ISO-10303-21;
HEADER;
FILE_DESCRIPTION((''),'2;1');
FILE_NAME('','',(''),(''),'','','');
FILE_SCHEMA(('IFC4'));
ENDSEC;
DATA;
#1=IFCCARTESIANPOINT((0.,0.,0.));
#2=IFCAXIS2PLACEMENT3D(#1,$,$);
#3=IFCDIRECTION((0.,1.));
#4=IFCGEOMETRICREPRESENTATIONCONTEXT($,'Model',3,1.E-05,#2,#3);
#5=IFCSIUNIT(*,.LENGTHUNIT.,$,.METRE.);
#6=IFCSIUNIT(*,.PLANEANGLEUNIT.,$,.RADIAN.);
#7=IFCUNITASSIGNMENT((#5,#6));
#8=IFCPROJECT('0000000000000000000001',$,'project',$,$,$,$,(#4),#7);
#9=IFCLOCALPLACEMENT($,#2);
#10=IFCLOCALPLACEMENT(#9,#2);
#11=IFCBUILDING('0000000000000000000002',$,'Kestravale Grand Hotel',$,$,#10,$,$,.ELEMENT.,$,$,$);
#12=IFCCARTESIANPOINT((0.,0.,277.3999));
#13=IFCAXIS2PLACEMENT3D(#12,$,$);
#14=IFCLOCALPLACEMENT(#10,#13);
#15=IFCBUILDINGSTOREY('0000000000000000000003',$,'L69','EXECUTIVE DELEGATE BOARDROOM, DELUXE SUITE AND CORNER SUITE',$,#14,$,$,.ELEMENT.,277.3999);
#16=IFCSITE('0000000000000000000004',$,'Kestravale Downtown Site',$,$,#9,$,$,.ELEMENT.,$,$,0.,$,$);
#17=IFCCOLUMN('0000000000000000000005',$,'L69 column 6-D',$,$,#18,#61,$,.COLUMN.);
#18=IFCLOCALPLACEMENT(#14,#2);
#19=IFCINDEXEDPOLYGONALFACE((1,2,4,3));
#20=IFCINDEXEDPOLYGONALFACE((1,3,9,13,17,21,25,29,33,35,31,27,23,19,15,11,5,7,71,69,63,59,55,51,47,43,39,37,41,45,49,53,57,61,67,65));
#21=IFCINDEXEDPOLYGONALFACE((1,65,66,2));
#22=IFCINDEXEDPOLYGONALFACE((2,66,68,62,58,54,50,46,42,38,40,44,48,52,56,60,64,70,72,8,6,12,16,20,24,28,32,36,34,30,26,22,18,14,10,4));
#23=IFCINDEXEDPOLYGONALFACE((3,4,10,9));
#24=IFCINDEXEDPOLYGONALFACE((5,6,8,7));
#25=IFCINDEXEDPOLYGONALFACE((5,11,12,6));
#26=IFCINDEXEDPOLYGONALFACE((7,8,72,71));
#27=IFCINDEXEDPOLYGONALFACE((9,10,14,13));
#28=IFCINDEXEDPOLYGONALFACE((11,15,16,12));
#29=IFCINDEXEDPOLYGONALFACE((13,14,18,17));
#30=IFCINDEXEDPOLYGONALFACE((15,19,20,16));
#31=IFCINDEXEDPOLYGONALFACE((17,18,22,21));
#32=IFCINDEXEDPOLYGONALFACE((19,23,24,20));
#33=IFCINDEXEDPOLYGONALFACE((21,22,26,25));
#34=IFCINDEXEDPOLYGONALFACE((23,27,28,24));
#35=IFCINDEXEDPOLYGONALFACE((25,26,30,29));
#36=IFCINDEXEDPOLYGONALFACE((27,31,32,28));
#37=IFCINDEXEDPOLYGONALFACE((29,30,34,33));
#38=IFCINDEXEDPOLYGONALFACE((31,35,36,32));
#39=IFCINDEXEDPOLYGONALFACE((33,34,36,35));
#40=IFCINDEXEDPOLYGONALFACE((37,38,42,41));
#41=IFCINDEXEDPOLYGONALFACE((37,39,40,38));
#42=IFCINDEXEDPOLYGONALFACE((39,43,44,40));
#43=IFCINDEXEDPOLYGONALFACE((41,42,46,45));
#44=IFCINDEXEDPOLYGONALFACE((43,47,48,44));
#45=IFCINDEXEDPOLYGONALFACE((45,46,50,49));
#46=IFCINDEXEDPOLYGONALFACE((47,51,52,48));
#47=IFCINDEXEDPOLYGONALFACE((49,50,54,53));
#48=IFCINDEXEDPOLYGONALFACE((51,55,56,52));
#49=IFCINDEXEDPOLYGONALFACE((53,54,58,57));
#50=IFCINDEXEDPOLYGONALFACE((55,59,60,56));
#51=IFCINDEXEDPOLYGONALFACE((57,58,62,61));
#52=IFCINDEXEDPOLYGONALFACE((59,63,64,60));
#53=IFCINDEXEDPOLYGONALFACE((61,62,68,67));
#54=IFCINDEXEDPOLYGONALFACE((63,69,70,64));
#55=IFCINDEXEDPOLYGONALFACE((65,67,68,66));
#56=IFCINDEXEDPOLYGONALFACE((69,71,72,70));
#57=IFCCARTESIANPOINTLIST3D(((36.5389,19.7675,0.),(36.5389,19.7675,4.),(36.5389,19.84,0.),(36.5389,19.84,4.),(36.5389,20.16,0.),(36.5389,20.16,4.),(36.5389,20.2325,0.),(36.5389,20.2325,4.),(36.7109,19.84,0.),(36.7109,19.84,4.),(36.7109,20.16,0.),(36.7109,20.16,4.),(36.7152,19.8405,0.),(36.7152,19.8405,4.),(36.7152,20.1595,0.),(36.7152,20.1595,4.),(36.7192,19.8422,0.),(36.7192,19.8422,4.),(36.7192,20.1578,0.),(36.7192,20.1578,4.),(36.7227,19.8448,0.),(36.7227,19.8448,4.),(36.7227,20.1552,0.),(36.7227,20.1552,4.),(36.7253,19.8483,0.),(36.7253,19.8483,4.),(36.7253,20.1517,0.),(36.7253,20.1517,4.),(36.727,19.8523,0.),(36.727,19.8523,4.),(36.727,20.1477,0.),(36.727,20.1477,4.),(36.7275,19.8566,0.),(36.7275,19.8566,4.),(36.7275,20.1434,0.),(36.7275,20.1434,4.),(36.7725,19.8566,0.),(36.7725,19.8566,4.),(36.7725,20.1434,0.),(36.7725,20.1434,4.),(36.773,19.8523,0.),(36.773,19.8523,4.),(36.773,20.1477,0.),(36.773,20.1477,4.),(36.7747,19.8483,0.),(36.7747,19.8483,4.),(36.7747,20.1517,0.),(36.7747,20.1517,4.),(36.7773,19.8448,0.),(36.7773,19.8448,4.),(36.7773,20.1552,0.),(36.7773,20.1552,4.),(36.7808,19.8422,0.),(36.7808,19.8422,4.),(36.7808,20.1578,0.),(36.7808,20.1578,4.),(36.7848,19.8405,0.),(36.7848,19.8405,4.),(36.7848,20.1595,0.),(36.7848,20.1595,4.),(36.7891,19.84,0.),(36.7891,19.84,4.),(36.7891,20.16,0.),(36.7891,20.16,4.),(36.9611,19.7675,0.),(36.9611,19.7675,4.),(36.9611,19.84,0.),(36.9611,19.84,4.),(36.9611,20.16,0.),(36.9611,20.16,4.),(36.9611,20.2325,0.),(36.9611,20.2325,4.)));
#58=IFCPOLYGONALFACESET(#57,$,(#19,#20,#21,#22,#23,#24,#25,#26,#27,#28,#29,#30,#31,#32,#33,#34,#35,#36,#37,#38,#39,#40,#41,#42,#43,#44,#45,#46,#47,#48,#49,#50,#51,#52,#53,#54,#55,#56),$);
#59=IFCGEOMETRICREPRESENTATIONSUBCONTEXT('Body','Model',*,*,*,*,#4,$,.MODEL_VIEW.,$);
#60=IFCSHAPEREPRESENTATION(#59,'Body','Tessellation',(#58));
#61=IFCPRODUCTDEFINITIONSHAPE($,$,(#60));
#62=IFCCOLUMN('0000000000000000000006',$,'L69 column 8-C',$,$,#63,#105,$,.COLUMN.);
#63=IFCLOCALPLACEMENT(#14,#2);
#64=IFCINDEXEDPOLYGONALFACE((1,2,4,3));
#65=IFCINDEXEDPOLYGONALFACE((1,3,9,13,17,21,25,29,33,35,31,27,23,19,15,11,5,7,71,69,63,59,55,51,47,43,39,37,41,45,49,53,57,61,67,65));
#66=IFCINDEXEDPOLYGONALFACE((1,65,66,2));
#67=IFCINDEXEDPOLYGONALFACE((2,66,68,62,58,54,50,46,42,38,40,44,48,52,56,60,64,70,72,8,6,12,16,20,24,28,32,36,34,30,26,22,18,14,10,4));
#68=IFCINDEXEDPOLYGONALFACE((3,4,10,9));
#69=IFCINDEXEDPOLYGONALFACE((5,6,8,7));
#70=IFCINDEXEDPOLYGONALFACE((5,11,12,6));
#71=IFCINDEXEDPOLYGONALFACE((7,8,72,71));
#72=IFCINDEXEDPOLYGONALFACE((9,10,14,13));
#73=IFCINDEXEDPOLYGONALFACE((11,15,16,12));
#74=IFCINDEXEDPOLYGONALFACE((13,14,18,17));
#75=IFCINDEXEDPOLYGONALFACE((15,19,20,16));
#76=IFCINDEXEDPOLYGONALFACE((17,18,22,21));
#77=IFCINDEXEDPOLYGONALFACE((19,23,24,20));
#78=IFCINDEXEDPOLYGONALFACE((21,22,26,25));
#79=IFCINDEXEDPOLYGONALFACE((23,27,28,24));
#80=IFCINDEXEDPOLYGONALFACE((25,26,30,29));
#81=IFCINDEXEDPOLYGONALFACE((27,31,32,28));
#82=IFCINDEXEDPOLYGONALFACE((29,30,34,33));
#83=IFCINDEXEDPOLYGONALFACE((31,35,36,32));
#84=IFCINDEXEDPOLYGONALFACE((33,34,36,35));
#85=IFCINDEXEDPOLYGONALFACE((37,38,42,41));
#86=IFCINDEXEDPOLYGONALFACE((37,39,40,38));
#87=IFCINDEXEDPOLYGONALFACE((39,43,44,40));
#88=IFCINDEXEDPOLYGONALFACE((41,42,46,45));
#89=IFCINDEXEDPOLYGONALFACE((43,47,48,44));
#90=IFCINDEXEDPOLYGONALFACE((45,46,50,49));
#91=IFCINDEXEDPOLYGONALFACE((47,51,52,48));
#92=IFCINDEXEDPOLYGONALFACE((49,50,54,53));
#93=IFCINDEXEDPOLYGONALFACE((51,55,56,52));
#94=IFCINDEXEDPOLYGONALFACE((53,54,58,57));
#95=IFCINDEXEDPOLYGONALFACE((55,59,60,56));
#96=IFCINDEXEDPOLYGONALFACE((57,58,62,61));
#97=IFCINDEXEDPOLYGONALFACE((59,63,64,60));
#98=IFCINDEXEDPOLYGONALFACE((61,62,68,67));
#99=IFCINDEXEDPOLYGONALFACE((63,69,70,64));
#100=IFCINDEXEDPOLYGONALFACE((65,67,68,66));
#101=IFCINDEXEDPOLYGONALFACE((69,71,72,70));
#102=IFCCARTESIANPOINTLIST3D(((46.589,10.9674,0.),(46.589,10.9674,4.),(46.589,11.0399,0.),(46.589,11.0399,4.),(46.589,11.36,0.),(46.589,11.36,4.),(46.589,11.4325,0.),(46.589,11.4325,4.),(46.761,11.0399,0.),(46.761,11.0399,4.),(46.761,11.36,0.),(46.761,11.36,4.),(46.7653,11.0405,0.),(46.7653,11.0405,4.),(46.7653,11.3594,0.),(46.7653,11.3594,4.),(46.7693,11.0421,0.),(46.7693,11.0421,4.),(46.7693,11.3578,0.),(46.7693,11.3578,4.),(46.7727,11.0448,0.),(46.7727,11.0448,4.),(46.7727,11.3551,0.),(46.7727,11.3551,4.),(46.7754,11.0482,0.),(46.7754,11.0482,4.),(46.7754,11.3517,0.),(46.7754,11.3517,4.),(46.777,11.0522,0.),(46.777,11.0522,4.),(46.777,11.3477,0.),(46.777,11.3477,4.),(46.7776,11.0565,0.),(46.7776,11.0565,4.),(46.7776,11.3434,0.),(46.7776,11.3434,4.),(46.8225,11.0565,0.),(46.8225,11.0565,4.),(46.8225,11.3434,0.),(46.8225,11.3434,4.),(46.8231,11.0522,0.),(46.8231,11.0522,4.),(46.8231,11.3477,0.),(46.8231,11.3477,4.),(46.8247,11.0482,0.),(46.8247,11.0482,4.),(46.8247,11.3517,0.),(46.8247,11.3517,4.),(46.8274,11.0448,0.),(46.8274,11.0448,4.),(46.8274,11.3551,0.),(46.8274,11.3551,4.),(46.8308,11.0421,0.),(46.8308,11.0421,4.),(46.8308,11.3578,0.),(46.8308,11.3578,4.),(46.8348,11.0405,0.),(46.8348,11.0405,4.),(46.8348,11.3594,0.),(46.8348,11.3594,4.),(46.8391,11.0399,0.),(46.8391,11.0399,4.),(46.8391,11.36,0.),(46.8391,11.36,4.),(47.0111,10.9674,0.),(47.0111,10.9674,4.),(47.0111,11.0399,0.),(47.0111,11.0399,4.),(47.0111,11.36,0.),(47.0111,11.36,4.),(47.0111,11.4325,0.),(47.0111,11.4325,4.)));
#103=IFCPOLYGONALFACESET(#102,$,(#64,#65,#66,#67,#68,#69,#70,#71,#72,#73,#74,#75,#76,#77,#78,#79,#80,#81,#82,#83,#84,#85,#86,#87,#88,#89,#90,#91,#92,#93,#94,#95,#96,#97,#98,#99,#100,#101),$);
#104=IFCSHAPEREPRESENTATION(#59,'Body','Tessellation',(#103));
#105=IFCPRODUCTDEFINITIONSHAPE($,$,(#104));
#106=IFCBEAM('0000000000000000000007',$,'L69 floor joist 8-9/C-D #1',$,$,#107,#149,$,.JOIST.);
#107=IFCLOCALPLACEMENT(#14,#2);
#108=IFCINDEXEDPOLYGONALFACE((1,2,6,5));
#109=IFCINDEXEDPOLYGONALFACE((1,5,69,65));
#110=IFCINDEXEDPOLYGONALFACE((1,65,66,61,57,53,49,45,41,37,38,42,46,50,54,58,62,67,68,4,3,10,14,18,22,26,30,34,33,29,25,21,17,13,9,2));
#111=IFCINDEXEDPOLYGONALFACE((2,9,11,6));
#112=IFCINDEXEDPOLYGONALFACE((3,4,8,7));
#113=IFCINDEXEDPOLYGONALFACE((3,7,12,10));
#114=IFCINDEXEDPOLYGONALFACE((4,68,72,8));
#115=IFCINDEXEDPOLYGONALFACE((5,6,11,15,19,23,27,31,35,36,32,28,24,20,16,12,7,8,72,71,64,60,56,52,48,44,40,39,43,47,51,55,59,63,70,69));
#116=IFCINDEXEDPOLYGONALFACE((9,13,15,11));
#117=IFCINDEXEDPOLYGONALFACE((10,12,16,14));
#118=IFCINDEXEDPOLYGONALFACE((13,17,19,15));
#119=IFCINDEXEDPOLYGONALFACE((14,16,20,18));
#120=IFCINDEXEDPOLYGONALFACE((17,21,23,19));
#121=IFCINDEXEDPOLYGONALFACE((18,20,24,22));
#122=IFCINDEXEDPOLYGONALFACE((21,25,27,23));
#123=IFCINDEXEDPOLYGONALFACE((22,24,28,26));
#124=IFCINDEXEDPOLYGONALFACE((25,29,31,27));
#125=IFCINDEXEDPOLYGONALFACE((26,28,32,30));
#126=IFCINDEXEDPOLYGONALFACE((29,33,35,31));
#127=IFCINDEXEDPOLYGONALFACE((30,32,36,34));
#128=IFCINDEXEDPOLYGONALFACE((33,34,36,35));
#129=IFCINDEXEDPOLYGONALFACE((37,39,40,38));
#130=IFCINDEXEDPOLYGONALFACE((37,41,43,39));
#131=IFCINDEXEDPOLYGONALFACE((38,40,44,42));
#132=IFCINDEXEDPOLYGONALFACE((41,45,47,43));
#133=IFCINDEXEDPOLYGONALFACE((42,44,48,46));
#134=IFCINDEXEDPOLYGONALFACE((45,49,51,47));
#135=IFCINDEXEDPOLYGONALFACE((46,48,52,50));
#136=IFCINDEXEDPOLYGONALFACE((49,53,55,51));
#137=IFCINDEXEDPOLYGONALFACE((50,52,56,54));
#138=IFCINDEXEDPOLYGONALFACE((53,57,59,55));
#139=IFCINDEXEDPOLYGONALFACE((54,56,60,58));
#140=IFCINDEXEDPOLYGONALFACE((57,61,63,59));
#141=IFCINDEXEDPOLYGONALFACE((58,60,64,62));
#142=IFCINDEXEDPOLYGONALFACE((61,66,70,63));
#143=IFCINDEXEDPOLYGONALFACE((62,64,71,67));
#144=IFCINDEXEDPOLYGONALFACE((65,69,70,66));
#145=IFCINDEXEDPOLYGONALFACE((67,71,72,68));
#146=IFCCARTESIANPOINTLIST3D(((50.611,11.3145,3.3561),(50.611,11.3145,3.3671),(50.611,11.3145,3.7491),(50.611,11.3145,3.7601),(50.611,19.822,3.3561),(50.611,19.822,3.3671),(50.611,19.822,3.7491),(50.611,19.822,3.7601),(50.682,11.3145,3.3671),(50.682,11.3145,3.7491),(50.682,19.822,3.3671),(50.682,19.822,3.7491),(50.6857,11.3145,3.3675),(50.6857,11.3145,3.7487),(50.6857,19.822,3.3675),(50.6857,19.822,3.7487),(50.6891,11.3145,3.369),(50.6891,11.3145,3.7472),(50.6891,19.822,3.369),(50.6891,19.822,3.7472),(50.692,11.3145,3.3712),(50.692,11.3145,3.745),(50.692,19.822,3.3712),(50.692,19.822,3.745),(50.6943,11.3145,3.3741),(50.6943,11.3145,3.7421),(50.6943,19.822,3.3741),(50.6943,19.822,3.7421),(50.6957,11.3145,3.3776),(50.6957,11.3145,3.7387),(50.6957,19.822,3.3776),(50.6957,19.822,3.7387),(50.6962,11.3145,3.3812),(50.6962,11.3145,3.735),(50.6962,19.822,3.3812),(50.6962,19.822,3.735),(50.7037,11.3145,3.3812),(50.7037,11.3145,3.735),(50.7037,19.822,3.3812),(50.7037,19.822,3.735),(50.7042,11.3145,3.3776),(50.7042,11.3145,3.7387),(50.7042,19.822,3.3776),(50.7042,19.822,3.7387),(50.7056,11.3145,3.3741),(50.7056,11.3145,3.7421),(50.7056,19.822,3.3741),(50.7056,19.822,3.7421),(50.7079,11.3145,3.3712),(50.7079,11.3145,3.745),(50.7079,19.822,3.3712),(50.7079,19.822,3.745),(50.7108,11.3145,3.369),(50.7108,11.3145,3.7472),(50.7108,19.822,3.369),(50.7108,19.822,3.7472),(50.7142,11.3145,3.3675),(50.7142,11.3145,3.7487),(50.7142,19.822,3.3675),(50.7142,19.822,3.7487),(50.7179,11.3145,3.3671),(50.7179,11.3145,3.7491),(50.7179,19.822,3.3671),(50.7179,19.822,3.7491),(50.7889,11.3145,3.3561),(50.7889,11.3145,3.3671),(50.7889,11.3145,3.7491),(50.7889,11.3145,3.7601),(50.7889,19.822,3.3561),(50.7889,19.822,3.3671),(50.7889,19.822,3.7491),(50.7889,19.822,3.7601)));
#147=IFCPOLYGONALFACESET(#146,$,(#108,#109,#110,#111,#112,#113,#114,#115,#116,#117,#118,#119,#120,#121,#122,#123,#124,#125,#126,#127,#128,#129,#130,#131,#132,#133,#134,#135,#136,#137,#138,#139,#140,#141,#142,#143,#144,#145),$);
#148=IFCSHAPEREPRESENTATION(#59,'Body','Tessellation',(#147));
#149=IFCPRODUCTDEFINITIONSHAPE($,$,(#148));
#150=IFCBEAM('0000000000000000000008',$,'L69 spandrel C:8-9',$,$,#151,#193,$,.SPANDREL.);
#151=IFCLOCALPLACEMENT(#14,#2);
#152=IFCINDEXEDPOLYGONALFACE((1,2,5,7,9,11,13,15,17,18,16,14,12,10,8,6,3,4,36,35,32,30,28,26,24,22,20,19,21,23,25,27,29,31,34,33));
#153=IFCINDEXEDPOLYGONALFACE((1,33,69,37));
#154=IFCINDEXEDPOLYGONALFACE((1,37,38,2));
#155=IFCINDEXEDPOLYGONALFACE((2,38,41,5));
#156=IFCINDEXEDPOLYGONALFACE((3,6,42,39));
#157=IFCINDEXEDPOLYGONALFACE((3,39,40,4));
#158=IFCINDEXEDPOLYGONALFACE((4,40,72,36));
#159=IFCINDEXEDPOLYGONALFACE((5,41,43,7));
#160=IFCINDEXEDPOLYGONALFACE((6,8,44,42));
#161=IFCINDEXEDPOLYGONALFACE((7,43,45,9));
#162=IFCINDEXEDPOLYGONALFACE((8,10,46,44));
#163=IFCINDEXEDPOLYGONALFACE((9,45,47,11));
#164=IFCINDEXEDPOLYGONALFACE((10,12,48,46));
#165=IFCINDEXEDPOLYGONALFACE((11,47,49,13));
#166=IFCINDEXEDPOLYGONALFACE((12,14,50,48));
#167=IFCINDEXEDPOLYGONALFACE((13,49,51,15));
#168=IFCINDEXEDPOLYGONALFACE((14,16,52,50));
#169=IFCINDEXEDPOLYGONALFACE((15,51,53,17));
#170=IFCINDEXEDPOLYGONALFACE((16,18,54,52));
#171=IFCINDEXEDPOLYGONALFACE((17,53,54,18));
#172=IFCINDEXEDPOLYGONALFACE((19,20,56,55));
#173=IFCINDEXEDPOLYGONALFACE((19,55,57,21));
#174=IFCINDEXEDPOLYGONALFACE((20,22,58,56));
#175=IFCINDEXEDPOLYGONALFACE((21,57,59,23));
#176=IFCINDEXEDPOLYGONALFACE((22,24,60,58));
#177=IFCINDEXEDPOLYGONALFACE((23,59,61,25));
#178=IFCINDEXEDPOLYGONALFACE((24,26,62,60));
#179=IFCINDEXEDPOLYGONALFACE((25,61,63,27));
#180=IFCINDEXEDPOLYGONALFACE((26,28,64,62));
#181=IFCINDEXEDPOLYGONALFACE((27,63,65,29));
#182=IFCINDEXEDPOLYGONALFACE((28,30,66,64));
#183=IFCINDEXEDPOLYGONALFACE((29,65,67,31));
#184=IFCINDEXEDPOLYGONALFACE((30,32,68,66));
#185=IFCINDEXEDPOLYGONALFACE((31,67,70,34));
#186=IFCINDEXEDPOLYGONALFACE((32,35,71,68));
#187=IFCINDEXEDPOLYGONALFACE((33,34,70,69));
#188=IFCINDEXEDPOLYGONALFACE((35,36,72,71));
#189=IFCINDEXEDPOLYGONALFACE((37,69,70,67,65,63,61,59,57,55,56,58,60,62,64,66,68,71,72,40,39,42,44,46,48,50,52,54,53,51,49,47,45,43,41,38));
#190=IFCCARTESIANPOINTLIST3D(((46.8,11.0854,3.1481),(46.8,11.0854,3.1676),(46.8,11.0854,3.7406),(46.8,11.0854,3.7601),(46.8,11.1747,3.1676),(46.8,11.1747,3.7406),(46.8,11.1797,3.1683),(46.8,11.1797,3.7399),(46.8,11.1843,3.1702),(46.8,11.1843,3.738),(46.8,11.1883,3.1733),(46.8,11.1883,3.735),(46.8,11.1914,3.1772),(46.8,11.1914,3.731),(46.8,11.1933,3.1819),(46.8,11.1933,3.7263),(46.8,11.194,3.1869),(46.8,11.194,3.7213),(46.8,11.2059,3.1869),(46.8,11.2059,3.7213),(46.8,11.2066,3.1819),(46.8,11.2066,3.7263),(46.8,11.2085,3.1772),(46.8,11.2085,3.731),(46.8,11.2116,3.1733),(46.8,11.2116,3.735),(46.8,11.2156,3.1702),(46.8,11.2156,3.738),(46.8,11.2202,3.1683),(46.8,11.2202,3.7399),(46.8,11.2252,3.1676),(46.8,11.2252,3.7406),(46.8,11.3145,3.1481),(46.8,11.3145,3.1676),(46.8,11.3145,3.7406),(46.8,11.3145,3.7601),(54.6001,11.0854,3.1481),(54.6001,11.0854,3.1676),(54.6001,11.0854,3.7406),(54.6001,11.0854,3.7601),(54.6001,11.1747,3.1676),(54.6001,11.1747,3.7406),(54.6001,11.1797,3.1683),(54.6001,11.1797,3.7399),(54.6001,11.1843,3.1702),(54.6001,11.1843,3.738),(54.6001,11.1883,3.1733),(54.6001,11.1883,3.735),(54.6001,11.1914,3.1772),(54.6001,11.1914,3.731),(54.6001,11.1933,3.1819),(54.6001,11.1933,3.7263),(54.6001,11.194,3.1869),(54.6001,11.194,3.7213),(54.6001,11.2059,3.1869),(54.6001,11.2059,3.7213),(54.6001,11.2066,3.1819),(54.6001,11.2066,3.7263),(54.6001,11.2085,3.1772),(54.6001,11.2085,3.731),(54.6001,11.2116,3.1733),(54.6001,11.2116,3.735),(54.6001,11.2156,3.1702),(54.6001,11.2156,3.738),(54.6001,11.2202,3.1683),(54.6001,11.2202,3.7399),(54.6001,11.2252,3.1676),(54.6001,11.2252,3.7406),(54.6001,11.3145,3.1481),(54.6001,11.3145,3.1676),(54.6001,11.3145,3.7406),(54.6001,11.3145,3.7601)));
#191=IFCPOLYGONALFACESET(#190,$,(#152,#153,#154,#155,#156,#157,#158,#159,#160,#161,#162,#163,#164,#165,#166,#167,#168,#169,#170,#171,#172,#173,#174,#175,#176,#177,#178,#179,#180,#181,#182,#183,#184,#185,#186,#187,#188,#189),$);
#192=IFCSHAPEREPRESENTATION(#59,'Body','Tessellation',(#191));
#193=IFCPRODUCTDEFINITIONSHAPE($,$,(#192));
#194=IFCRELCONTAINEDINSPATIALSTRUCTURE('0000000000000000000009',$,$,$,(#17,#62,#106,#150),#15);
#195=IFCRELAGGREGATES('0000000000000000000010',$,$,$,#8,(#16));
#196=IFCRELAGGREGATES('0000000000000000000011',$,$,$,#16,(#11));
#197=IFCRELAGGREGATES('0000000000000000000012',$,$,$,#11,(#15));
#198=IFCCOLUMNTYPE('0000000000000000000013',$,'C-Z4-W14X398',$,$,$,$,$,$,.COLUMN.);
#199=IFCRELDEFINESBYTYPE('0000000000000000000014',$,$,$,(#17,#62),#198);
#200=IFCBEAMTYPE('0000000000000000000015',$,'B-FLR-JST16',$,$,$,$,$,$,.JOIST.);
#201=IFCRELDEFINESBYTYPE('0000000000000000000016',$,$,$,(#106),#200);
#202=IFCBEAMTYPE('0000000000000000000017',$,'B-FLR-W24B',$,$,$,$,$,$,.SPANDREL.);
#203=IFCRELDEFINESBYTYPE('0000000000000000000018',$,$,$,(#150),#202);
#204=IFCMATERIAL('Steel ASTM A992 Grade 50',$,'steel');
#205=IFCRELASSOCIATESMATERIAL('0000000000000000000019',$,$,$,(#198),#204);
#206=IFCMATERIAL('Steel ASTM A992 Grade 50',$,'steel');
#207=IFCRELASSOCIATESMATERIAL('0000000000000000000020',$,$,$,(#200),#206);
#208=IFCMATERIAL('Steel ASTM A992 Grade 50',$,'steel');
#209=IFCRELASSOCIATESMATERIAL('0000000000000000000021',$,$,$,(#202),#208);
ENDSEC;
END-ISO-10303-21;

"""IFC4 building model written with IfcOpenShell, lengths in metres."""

from ifc_helpers import new_model, si_unit, direction, frame, origin, origin_2d, place, context, subcontext, project, spatial, i_section, extrude, material, material_profile, profile_set, type_object, element, save


model = new_model("IFC4")

# Units and contexts
model_context = context("Model", 3, precision=1e-05, world=origin(), true_north=direction((0.0, 1.0)))
body_context = subcontext(model_context, "Body", "Model", "MODEL_VIEW")
ifc_project = project(units=[si_unit("LENGTHUNIT", "METRE"), si_unit("PLANEANGLEUNIT", "RADIAN")], contexts=[model_context])

# Site, building, storey
site_placement = place(None, origin())
site = spatial("IfcSite", under=ifc_project, at=site_placement, Name="Kestravale Downtown Site", CompositionType="ELEMENT", RefElevation=0.0)
building_placement = place(site_placement, origin())
building = spatial("IfcBuilding", under=site, at=building_placement, Name="Kestravale Grand Hotel", CompositionType="ELEMENT")
storey_placement = place(building_placement, frame((0.0, 0.0, 277.3999)))
storey = spatial("IfcBuildingStorey", under=building, at=storey_placement, Name="L69", Description="EXECUTIVE DELEGATE BOARDROOM, DELUXE SUITE AND CORNER SUITE", CompositionType="ELEMENT", Elevation=277.3999)

# Columns
ifc_material_1 = material(Name="Steel ASTM A992 Grade 50", Category="steel")
ifc_material_profile_1 = material_profile(ifc_material_1, i_section(OverallWidth=0.4221, OverallDepth=0.4651, WebThickness=0.0449, FlangeThickness=0.0725, FilletRadius=0.0166, at=origin_2d()))
ifc_profile_set_1 = profile_set([ifc_material_profile_1], Name="Steel ASTM A992 Grade 50")
column_type = type_object("IfcColumnType", Name="C-Z4-W14X398", PredefinedType="COLUMN", material=ifc_profile_set_1)
for number, where, z_axis, x_axis, name in (
    (1, (36.75, 20.0, 0.0), (0.0, 0.0, 1.0), (1.0, 0.0, 0.0), "L69 column 6-D"),
    (2, (46.8, 11.2, 0.0), (0.0, 0.0, 1.0), (1.0, 0.0, 0.0), "L69 column 8-C"),
):
    element("IfcColumn", number, at=place(storey_placement, frame(where, z_axis=z_axis, x_axis=x_axis)), inside=storey, type_object=column_type, Name=name, PredefinedType="COLUMN", context=body_context, shape_type="SweptSolid", body=[
        extrude(i_section(OverallWidth=0.4221, OverallDepth=0.4651, WebThickness=0.0449, FlangeThickness=0.0725, FilletRadius=0.0166, at=origin_2d()), origin(), (0.0, 0.0, 1.0), 4.0),
    ])

# Beams
ifc_material_2 = material(Name="Steel ASTM A992 Grade 50", Category="steel")
ifc_material_profile_2 = material_profile(ifc_material_2, i_section(OverallWidth=0.178, OverallDepth=0.4041, WebThickness=0.0076, FlangeThickness=0.011, FilletRadius=0.0142, at=origin_2d()))
ifc_profile_set_2 = profile_set([ifc_material_profile_2], Name="Steel ASTM A992 Grade 50")
beam_type_1 = type_object("IfcBeamType", Name="B-FLR-JST16", PredefinedType="JOIST", material=ifc_profile_set_2)
beam_1_placement = place(storey_placement, frame((50.7, 11.3145, 3.5581), z_axis=(0.0, 1.0, 0.0), x_axis=(-1.0, 0.0, 0.0)))
element("IfcBeam", 3, at=beam_1_placement, inside=storey, type_object=beam_type_1, Name="L69 floor joist 8-9/C-D #1", PredefinedType="JOIST", context=body_context, shape_type="SweptSolid", body=[
    extrude(i_section(OverallWidth=0.178, OverallDepth=0.4041, WebThickness=0.0076, FlangeThickness=0.011, FilletRadius=0.0142, at=origin_2d()), origin(), (0.0, 0.0, 1.0), 8.5076),
])
ifc_material_3 = material(Name="Steel ASTM A992 Grade 50", Category="steel")
ifc_material_profile_3 = material_profile(ifc_material_3, i_section(OverallWidth=0.229, OverallDepth=0.6121, WebThickness=0.012, FlangeThickness=0.0195, FilletRadius=0.0193, at=origin_2d()))
ifc_profile_set_3 = profile_set([ifc_material_profile_3], Name="Steel ASTM A992 Grade 50")
beam_type_2 = type_object("IfcBeamType", Name="B-FLR-W24B", PredefinedType="SPANDREL", material=ifc_profile_set_3)
beam_2_placement = place(storey_placement, frame((46.8, 11.2, 3.4541), z_axis=(1.0, 0.0, 0.0), x_axis=(0.0, 1.0, 0.0)))
element("IfcBeam", 4, at=beam_2_placement, inside=storey, type_object=beam_type_2, Name="L69 spandrel C:8-9", PredefinedType="SPANDREL", context=body_context, shape_type="SweptSolid", body=[
    extrude(i_section(OverallWidth=0.229, OverallDepth=0.6121, WebThickness=0.012, FlangeThickness=0.0195, FilletRadius=0.0193, at=origin_2d()), origin(), (0.0, 0.0, 1.0), 7.8),
])

save(model, "model.ifc")
